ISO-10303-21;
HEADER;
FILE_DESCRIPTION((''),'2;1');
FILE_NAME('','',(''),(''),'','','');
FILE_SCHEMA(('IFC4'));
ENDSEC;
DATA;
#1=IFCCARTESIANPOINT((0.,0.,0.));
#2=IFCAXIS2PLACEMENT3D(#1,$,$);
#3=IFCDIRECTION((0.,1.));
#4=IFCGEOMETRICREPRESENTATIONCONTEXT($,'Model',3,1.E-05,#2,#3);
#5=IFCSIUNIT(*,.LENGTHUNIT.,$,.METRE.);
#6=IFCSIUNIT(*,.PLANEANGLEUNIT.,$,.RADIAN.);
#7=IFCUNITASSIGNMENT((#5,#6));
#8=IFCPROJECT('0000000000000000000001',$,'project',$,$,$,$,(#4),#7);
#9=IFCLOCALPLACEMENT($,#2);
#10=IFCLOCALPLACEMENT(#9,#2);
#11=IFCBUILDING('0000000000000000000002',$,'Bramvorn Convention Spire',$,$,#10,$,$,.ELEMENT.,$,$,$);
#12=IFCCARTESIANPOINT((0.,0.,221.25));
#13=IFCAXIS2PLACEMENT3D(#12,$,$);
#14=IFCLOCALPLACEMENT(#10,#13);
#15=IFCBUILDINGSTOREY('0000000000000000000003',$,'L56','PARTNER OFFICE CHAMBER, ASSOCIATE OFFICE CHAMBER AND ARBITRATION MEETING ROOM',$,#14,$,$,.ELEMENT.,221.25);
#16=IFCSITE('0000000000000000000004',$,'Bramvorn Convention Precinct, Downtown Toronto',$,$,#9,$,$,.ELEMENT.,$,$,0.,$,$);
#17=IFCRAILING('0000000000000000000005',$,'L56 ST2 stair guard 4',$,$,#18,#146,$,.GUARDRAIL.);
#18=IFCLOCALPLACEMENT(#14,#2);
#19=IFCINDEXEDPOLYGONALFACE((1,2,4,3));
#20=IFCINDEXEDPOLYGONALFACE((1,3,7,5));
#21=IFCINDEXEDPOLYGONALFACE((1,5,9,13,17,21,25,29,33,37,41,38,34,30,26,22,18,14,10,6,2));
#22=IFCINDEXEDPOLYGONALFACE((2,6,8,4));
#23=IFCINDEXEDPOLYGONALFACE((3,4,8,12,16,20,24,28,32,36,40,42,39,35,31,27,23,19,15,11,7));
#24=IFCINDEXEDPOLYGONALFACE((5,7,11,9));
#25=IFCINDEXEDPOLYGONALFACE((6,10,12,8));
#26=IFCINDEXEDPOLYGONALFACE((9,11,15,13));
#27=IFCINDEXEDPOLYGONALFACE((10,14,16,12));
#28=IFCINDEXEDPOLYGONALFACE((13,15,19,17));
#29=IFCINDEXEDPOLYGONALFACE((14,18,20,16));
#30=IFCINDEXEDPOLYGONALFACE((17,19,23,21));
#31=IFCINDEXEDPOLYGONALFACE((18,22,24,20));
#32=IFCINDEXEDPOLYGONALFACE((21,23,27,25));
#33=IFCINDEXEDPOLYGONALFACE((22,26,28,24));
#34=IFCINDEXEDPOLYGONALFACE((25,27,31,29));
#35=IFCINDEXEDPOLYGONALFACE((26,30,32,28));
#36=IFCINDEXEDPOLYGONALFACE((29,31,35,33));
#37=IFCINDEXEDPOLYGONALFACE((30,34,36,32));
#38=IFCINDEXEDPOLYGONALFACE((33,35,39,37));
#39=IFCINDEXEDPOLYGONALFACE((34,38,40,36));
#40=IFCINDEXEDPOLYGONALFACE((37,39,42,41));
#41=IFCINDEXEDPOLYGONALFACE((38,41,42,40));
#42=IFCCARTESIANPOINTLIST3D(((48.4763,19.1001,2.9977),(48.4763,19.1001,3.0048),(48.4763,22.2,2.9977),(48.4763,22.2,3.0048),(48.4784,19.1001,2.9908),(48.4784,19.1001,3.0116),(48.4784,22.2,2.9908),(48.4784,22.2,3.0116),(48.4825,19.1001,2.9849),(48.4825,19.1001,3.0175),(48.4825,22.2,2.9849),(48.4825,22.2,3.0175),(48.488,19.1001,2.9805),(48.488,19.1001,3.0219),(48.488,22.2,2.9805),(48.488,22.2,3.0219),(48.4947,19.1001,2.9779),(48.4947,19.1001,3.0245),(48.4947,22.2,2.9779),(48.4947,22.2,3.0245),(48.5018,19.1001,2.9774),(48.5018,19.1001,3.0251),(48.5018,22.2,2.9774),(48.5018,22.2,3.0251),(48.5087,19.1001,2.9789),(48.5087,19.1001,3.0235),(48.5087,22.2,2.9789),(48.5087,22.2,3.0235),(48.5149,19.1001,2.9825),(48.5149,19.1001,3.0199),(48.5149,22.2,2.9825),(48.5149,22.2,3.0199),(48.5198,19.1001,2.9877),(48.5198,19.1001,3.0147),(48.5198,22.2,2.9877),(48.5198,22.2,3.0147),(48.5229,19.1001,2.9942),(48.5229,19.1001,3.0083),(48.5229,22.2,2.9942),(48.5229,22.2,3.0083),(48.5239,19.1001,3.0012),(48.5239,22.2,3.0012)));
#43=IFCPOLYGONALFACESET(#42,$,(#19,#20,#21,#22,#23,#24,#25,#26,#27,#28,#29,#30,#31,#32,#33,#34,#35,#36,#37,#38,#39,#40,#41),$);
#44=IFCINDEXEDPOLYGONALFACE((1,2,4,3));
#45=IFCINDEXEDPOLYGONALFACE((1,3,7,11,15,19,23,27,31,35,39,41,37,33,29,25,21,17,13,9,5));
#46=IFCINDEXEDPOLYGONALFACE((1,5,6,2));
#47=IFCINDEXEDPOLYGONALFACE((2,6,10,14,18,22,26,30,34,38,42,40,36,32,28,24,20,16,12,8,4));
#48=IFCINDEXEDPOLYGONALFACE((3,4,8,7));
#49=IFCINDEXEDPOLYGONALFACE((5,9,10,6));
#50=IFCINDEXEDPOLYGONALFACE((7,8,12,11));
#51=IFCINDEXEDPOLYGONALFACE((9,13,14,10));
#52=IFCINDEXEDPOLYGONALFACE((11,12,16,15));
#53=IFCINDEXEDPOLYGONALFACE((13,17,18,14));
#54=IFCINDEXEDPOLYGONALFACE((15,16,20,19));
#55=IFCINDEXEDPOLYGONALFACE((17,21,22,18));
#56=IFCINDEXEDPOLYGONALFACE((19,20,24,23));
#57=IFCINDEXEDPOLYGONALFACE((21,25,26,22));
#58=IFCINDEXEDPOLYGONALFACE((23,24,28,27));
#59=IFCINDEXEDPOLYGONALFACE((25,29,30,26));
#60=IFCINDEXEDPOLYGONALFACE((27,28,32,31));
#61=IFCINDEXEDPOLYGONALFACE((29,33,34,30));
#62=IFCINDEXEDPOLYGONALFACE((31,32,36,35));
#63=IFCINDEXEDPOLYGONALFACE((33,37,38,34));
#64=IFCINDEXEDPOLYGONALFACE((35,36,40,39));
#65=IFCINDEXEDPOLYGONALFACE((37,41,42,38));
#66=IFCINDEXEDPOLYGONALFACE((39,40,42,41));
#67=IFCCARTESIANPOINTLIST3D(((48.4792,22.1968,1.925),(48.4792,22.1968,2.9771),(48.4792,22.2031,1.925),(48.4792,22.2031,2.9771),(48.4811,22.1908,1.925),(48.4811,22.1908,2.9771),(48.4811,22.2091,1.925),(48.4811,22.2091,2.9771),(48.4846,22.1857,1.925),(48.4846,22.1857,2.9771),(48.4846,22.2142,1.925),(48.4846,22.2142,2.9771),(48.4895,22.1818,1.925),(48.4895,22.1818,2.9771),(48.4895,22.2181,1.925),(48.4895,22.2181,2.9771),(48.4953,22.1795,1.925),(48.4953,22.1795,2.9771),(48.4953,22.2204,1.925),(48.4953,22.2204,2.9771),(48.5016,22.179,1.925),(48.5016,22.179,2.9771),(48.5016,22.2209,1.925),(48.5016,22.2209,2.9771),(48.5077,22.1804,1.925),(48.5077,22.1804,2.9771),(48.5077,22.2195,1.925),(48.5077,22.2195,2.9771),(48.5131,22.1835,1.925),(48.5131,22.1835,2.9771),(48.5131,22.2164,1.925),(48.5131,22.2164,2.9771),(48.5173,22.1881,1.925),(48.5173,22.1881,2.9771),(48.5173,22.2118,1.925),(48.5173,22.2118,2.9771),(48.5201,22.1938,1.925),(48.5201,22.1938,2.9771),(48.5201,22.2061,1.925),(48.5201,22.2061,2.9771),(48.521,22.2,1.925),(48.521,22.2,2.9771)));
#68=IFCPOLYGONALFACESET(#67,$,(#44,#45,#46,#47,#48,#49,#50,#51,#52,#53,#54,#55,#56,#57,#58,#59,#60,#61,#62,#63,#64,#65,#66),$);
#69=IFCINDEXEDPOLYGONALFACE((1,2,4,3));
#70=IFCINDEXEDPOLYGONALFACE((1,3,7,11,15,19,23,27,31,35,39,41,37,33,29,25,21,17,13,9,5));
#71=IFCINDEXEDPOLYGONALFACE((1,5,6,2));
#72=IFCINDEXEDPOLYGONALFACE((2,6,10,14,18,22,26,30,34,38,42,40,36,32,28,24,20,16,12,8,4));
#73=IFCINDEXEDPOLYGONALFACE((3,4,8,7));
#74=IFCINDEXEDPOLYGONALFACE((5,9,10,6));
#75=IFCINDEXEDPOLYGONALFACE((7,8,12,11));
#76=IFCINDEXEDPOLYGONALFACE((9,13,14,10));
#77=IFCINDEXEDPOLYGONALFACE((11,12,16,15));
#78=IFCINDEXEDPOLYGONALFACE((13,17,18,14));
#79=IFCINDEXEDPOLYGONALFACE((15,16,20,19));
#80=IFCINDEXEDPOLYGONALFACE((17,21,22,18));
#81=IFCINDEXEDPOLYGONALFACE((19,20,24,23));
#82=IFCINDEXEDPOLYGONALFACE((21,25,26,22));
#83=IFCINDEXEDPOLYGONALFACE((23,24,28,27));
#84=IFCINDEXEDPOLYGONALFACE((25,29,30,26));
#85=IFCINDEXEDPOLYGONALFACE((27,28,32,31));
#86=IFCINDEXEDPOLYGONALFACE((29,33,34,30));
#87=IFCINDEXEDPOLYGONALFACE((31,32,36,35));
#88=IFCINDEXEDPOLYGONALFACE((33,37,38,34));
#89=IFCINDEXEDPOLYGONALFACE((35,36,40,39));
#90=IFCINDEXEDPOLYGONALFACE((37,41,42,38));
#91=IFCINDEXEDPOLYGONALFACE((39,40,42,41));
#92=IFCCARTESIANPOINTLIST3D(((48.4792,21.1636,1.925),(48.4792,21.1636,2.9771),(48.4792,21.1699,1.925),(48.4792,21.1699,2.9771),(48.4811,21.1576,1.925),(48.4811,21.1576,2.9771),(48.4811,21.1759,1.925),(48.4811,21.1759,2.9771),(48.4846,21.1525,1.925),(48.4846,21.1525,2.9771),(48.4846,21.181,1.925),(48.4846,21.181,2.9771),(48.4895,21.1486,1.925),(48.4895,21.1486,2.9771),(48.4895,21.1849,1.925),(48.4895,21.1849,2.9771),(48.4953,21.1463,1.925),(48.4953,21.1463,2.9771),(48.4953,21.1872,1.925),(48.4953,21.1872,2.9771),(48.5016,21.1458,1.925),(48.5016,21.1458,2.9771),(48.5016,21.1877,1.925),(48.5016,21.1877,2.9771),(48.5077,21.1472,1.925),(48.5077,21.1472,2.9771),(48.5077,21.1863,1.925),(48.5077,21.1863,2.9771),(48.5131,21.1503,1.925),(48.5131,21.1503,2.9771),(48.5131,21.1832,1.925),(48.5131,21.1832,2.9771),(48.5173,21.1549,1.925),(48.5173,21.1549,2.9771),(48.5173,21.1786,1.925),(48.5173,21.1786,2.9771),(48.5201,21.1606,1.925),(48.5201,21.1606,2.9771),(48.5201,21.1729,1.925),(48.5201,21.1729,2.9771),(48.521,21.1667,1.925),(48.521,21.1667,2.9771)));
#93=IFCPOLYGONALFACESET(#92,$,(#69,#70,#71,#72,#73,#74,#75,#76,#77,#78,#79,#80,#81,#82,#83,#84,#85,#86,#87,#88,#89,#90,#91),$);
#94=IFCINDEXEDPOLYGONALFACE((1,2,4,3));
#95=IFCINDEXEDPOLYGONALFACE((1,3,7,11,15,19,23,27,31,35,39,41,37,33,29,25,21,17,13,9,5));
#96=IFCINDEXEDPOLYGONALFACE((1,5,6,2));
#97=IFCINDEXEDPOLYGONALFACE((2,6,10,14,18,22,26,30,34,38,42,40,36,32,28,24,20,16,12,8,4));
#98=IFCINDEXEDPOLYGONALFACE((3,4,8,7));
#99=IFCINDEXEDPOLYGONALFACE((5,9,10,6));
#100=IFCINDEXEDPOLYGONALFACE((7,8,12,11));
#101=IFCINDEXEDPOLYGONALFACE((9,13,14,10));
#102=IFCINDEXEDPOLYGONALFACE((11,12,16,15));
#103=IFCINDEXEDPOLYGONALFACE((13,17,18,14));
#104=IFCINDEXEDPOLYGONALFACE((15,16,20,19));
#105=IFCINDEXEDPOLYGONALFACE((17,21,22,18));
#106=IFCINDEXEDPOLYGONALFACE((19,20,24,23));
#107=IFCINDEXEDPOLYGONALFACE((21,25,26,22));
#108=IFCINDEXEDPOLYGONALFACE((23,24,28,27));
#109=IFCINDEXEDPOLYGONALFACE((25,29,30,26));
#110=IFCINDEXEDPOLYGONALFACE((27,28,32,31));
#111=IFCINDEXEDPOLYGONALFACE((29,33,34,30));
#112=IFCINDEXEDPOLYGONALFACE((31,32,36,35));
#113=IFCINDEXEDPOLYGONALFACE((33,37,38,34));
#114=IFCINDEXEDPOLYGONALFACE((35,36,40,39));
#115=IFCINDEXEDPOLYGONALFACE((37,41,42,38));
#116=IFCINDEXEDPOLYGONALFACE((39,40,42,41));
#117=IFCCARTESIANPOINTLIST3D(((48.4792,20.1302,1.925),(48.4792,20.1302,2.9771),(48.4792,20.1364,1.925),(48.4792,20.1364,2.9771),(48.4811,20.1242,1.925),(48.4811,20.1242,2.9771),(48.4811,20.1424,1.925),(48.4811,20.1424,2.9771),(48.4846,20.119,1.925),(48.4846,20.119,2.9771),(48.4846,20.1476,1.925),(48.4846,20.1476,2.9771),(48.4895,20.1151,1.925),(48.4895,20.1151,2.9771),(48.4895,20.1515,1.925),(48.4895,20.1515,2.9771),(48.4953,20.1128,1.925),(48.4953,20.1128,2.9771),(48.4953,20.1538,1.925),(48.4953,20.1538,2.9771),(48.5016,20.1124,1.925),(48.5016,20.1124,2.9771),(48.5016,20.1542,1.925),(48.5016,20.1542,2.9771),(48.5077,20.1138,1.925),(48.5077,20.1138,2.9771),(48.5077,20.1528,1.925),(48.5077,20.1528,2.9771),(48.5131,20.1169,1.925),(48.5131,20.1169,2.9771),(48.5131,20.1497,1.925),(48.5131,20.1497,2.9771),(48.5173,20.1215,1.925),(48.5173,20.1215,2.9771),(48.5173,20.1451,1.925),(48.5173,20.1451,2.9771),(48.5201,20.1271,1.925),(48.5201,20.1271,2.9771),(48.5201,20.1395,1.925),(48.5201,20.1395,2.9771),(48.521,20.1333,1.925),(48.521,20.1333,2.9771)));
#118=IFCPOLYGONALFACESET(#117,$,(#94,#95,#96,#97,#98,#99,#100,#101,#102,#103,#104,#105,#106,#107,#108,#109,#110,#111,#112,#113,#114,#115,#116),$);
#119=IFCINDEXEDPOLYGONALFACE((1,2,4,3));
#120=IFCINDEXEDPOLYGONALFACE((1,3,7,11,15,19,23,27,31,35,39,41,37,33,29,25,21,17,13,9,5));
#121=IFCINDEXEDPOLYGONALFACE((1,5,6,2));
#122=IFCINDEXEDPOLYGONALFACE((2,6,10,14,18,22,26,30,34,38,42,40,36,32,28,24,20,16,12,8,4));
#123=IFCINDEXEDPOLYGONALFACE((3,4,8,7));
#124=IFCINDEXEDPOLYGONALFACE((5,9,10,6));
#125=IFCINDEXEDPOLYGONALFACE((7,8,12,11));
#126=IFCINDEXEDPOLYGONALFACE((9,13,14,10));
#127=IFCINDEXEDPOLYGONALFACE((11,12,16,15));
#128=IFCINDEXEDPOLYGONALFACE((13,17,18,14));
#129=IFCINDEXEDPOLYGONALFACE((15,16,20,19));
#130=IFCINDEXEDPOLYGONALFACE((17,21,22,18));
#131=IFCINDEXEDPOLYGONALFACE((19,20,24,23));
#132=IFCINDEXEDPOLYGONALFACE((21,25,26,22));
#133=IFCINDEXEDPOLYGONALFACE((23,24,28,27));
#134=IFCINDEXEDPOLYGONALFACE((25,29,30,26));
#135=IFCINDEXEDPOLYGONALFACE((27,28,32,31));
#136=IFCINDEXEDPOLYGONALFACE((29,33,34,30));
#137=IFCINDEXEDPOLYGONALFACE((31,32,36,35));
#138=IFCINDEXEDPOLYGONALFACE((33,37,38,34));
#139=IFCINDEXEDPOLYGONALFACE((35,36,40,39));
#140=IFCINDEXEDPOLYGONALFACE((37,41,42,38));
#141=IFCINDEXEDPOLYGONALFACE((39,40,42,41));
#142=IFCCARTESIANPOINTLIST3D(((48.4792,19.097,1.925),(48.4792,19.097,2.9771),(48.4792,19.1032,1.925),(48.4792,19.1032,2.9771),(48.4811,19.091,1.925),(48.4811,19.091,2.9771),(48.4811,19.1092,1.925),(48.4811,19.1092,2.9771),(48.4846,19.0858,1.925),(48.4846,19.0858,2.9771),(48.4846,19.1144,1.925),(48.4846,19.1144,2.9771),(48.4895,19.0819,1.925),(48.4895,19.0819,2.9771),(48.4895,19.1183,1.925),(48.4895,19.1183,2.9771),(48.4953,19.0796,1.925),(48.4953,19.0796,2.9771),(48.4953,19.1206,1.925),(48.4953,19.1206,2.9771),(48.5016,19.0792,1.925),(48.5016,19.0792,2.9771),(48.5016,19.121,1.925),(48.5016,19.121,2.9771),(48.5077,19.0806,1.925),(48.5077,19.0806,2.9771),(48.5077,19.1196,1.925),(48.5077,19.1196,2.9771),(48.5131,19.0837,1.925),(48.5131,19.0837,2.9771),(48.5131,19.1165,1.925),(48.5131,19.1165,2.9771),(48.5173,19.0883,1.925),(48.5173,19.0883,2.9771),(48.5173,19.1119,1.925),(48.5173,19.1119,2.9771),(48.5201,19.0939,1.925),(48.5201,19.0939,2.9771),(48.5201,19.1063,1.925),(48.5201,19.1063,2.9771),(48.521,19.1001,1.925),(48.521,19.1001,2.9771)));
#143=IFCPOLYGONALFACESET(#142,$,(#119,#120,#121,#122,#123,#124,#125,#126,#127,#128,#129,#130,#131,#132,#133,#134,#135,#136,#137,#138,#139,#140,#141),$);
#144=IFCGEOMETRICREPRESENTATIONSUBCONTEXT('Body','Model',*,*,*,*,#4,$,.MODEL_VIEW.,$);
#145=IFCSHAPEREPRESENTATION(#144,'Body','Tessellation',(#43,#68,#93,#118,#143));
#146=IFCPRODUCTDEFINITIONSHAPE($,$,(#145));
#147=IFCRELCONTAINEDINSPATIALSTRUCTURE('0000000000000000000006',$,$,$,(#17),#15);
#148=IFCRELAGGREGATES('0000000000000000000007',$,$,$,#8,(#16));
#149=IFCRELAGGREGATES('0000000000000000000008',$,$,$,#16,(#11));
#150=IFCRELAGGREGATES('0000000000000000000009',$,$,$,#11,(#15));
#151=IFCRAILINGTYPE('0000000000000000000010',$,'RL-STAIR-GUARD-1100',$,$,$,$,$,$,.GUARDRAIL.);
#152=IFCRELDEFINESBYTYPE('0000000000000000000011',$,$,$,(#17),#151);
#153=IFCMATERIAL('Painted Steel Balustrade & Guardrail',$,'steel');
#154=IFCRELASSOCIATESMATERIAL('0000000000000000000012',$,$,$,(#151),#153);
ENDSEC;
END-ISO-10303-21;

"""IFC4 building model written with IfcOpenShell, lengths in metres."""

from ifc_helpers import new_model, si_unit, direction, frame, origin, origin_2d, place, context, subcontext, project, spatial, circle, extrude, material, type_object, element, save


model = new_model("IFC4")

# Units and contexts
model_context = context("Model", 3, precision=1e-05, world=origin(), true_north=direction((0.0, 1.0)))
body_context = subcontext(model_context, "Body", "Model", "MODEL_VIEW")
ifc_project = project(units=[si_unit("LENGTHUNIT", "METRE"), si_unit("PLANEANGLEUNIT", "RADIAN")], contexts=[model_context])

# Site, building, storey
site_placement = place(None, origin())
site = spatial("IfcSite", under=ifc_project, at=site_placement, Name="Bramvorn Convention Precinct, Downtown Toronto", CompositionType="ELEMENT", RefElevation=0.0)
building_placement = place(site_placement, origin())
building = spatial("IfcBuilding", under=site, at=building_placement, Name="Bramvorn Convention Spire", CompositionType="ELEMENT")
storey_placement = place(building_placement, frame((0.0, 0.0, 221.25)))
storey = spatial("IfcBuildingStorey", under=building, at=storey_placement, Name="L56", Description="PARTNER OFFICE CHAMBER, ASSOCIATE OFFICE CHAMBER AND ARBITRATION MEETING ROOM", CompositionType="ELEMENT", Elevation=221.25)

# Railing
ifc_material_1 = material(Name="Painted Steel Balustrade & Guardrail", Category="steel")
railing_type = type_object("IfcRailingType", Name="RL-STAIR-GUARD-1100", PredefinedType="GUARDRAIL", material=ifc_material_1)
for number, where, name in (
    (1, (48.5, 22.2, 1.925), "L56 ST2 stair guard 4"),
):
    element("IfcRailing", number, at=place(storey_placement, frame(where)), inside=storey, type_object=railing_type, Name=name, PredefinedType="GUARDRAIL", context=body_context, shape_type="SweptSolid", body=[
        extrude(circle(Radius=0.0239, at=origin_2d()), frame((0.0, 0.0, 1.0762), z_axis=(0.0, -1.0, 0.0), x_axis=(1.0, 0.0, 0.0)), (0.0, 0.0, 1.0), 3.0999),
        extrude(circle(Radius=0.021, at=origin_2d()), origin(), (0.0, 0.0, 1.0), 1.052),
        extrude(circle(Radius=0.021, at=origin_2d()), frame((0.0, -1.0332, 0.0)), (0.0, 0.0, 1.0), 1.052),
        extrude(circle(Radius=0.021, at=origin_2d()), frame((0.0, -2.0667, 0.0)), (0.0, 0.0, 1.0), 1.052),
        extrude(circle(Radius=0.021, at=origin_2d()), frame((0.0, -3.0999, 0.0)), (0.0, 0.0, 1.0), 1.052),
    ])

save(model, "model.ifc")
